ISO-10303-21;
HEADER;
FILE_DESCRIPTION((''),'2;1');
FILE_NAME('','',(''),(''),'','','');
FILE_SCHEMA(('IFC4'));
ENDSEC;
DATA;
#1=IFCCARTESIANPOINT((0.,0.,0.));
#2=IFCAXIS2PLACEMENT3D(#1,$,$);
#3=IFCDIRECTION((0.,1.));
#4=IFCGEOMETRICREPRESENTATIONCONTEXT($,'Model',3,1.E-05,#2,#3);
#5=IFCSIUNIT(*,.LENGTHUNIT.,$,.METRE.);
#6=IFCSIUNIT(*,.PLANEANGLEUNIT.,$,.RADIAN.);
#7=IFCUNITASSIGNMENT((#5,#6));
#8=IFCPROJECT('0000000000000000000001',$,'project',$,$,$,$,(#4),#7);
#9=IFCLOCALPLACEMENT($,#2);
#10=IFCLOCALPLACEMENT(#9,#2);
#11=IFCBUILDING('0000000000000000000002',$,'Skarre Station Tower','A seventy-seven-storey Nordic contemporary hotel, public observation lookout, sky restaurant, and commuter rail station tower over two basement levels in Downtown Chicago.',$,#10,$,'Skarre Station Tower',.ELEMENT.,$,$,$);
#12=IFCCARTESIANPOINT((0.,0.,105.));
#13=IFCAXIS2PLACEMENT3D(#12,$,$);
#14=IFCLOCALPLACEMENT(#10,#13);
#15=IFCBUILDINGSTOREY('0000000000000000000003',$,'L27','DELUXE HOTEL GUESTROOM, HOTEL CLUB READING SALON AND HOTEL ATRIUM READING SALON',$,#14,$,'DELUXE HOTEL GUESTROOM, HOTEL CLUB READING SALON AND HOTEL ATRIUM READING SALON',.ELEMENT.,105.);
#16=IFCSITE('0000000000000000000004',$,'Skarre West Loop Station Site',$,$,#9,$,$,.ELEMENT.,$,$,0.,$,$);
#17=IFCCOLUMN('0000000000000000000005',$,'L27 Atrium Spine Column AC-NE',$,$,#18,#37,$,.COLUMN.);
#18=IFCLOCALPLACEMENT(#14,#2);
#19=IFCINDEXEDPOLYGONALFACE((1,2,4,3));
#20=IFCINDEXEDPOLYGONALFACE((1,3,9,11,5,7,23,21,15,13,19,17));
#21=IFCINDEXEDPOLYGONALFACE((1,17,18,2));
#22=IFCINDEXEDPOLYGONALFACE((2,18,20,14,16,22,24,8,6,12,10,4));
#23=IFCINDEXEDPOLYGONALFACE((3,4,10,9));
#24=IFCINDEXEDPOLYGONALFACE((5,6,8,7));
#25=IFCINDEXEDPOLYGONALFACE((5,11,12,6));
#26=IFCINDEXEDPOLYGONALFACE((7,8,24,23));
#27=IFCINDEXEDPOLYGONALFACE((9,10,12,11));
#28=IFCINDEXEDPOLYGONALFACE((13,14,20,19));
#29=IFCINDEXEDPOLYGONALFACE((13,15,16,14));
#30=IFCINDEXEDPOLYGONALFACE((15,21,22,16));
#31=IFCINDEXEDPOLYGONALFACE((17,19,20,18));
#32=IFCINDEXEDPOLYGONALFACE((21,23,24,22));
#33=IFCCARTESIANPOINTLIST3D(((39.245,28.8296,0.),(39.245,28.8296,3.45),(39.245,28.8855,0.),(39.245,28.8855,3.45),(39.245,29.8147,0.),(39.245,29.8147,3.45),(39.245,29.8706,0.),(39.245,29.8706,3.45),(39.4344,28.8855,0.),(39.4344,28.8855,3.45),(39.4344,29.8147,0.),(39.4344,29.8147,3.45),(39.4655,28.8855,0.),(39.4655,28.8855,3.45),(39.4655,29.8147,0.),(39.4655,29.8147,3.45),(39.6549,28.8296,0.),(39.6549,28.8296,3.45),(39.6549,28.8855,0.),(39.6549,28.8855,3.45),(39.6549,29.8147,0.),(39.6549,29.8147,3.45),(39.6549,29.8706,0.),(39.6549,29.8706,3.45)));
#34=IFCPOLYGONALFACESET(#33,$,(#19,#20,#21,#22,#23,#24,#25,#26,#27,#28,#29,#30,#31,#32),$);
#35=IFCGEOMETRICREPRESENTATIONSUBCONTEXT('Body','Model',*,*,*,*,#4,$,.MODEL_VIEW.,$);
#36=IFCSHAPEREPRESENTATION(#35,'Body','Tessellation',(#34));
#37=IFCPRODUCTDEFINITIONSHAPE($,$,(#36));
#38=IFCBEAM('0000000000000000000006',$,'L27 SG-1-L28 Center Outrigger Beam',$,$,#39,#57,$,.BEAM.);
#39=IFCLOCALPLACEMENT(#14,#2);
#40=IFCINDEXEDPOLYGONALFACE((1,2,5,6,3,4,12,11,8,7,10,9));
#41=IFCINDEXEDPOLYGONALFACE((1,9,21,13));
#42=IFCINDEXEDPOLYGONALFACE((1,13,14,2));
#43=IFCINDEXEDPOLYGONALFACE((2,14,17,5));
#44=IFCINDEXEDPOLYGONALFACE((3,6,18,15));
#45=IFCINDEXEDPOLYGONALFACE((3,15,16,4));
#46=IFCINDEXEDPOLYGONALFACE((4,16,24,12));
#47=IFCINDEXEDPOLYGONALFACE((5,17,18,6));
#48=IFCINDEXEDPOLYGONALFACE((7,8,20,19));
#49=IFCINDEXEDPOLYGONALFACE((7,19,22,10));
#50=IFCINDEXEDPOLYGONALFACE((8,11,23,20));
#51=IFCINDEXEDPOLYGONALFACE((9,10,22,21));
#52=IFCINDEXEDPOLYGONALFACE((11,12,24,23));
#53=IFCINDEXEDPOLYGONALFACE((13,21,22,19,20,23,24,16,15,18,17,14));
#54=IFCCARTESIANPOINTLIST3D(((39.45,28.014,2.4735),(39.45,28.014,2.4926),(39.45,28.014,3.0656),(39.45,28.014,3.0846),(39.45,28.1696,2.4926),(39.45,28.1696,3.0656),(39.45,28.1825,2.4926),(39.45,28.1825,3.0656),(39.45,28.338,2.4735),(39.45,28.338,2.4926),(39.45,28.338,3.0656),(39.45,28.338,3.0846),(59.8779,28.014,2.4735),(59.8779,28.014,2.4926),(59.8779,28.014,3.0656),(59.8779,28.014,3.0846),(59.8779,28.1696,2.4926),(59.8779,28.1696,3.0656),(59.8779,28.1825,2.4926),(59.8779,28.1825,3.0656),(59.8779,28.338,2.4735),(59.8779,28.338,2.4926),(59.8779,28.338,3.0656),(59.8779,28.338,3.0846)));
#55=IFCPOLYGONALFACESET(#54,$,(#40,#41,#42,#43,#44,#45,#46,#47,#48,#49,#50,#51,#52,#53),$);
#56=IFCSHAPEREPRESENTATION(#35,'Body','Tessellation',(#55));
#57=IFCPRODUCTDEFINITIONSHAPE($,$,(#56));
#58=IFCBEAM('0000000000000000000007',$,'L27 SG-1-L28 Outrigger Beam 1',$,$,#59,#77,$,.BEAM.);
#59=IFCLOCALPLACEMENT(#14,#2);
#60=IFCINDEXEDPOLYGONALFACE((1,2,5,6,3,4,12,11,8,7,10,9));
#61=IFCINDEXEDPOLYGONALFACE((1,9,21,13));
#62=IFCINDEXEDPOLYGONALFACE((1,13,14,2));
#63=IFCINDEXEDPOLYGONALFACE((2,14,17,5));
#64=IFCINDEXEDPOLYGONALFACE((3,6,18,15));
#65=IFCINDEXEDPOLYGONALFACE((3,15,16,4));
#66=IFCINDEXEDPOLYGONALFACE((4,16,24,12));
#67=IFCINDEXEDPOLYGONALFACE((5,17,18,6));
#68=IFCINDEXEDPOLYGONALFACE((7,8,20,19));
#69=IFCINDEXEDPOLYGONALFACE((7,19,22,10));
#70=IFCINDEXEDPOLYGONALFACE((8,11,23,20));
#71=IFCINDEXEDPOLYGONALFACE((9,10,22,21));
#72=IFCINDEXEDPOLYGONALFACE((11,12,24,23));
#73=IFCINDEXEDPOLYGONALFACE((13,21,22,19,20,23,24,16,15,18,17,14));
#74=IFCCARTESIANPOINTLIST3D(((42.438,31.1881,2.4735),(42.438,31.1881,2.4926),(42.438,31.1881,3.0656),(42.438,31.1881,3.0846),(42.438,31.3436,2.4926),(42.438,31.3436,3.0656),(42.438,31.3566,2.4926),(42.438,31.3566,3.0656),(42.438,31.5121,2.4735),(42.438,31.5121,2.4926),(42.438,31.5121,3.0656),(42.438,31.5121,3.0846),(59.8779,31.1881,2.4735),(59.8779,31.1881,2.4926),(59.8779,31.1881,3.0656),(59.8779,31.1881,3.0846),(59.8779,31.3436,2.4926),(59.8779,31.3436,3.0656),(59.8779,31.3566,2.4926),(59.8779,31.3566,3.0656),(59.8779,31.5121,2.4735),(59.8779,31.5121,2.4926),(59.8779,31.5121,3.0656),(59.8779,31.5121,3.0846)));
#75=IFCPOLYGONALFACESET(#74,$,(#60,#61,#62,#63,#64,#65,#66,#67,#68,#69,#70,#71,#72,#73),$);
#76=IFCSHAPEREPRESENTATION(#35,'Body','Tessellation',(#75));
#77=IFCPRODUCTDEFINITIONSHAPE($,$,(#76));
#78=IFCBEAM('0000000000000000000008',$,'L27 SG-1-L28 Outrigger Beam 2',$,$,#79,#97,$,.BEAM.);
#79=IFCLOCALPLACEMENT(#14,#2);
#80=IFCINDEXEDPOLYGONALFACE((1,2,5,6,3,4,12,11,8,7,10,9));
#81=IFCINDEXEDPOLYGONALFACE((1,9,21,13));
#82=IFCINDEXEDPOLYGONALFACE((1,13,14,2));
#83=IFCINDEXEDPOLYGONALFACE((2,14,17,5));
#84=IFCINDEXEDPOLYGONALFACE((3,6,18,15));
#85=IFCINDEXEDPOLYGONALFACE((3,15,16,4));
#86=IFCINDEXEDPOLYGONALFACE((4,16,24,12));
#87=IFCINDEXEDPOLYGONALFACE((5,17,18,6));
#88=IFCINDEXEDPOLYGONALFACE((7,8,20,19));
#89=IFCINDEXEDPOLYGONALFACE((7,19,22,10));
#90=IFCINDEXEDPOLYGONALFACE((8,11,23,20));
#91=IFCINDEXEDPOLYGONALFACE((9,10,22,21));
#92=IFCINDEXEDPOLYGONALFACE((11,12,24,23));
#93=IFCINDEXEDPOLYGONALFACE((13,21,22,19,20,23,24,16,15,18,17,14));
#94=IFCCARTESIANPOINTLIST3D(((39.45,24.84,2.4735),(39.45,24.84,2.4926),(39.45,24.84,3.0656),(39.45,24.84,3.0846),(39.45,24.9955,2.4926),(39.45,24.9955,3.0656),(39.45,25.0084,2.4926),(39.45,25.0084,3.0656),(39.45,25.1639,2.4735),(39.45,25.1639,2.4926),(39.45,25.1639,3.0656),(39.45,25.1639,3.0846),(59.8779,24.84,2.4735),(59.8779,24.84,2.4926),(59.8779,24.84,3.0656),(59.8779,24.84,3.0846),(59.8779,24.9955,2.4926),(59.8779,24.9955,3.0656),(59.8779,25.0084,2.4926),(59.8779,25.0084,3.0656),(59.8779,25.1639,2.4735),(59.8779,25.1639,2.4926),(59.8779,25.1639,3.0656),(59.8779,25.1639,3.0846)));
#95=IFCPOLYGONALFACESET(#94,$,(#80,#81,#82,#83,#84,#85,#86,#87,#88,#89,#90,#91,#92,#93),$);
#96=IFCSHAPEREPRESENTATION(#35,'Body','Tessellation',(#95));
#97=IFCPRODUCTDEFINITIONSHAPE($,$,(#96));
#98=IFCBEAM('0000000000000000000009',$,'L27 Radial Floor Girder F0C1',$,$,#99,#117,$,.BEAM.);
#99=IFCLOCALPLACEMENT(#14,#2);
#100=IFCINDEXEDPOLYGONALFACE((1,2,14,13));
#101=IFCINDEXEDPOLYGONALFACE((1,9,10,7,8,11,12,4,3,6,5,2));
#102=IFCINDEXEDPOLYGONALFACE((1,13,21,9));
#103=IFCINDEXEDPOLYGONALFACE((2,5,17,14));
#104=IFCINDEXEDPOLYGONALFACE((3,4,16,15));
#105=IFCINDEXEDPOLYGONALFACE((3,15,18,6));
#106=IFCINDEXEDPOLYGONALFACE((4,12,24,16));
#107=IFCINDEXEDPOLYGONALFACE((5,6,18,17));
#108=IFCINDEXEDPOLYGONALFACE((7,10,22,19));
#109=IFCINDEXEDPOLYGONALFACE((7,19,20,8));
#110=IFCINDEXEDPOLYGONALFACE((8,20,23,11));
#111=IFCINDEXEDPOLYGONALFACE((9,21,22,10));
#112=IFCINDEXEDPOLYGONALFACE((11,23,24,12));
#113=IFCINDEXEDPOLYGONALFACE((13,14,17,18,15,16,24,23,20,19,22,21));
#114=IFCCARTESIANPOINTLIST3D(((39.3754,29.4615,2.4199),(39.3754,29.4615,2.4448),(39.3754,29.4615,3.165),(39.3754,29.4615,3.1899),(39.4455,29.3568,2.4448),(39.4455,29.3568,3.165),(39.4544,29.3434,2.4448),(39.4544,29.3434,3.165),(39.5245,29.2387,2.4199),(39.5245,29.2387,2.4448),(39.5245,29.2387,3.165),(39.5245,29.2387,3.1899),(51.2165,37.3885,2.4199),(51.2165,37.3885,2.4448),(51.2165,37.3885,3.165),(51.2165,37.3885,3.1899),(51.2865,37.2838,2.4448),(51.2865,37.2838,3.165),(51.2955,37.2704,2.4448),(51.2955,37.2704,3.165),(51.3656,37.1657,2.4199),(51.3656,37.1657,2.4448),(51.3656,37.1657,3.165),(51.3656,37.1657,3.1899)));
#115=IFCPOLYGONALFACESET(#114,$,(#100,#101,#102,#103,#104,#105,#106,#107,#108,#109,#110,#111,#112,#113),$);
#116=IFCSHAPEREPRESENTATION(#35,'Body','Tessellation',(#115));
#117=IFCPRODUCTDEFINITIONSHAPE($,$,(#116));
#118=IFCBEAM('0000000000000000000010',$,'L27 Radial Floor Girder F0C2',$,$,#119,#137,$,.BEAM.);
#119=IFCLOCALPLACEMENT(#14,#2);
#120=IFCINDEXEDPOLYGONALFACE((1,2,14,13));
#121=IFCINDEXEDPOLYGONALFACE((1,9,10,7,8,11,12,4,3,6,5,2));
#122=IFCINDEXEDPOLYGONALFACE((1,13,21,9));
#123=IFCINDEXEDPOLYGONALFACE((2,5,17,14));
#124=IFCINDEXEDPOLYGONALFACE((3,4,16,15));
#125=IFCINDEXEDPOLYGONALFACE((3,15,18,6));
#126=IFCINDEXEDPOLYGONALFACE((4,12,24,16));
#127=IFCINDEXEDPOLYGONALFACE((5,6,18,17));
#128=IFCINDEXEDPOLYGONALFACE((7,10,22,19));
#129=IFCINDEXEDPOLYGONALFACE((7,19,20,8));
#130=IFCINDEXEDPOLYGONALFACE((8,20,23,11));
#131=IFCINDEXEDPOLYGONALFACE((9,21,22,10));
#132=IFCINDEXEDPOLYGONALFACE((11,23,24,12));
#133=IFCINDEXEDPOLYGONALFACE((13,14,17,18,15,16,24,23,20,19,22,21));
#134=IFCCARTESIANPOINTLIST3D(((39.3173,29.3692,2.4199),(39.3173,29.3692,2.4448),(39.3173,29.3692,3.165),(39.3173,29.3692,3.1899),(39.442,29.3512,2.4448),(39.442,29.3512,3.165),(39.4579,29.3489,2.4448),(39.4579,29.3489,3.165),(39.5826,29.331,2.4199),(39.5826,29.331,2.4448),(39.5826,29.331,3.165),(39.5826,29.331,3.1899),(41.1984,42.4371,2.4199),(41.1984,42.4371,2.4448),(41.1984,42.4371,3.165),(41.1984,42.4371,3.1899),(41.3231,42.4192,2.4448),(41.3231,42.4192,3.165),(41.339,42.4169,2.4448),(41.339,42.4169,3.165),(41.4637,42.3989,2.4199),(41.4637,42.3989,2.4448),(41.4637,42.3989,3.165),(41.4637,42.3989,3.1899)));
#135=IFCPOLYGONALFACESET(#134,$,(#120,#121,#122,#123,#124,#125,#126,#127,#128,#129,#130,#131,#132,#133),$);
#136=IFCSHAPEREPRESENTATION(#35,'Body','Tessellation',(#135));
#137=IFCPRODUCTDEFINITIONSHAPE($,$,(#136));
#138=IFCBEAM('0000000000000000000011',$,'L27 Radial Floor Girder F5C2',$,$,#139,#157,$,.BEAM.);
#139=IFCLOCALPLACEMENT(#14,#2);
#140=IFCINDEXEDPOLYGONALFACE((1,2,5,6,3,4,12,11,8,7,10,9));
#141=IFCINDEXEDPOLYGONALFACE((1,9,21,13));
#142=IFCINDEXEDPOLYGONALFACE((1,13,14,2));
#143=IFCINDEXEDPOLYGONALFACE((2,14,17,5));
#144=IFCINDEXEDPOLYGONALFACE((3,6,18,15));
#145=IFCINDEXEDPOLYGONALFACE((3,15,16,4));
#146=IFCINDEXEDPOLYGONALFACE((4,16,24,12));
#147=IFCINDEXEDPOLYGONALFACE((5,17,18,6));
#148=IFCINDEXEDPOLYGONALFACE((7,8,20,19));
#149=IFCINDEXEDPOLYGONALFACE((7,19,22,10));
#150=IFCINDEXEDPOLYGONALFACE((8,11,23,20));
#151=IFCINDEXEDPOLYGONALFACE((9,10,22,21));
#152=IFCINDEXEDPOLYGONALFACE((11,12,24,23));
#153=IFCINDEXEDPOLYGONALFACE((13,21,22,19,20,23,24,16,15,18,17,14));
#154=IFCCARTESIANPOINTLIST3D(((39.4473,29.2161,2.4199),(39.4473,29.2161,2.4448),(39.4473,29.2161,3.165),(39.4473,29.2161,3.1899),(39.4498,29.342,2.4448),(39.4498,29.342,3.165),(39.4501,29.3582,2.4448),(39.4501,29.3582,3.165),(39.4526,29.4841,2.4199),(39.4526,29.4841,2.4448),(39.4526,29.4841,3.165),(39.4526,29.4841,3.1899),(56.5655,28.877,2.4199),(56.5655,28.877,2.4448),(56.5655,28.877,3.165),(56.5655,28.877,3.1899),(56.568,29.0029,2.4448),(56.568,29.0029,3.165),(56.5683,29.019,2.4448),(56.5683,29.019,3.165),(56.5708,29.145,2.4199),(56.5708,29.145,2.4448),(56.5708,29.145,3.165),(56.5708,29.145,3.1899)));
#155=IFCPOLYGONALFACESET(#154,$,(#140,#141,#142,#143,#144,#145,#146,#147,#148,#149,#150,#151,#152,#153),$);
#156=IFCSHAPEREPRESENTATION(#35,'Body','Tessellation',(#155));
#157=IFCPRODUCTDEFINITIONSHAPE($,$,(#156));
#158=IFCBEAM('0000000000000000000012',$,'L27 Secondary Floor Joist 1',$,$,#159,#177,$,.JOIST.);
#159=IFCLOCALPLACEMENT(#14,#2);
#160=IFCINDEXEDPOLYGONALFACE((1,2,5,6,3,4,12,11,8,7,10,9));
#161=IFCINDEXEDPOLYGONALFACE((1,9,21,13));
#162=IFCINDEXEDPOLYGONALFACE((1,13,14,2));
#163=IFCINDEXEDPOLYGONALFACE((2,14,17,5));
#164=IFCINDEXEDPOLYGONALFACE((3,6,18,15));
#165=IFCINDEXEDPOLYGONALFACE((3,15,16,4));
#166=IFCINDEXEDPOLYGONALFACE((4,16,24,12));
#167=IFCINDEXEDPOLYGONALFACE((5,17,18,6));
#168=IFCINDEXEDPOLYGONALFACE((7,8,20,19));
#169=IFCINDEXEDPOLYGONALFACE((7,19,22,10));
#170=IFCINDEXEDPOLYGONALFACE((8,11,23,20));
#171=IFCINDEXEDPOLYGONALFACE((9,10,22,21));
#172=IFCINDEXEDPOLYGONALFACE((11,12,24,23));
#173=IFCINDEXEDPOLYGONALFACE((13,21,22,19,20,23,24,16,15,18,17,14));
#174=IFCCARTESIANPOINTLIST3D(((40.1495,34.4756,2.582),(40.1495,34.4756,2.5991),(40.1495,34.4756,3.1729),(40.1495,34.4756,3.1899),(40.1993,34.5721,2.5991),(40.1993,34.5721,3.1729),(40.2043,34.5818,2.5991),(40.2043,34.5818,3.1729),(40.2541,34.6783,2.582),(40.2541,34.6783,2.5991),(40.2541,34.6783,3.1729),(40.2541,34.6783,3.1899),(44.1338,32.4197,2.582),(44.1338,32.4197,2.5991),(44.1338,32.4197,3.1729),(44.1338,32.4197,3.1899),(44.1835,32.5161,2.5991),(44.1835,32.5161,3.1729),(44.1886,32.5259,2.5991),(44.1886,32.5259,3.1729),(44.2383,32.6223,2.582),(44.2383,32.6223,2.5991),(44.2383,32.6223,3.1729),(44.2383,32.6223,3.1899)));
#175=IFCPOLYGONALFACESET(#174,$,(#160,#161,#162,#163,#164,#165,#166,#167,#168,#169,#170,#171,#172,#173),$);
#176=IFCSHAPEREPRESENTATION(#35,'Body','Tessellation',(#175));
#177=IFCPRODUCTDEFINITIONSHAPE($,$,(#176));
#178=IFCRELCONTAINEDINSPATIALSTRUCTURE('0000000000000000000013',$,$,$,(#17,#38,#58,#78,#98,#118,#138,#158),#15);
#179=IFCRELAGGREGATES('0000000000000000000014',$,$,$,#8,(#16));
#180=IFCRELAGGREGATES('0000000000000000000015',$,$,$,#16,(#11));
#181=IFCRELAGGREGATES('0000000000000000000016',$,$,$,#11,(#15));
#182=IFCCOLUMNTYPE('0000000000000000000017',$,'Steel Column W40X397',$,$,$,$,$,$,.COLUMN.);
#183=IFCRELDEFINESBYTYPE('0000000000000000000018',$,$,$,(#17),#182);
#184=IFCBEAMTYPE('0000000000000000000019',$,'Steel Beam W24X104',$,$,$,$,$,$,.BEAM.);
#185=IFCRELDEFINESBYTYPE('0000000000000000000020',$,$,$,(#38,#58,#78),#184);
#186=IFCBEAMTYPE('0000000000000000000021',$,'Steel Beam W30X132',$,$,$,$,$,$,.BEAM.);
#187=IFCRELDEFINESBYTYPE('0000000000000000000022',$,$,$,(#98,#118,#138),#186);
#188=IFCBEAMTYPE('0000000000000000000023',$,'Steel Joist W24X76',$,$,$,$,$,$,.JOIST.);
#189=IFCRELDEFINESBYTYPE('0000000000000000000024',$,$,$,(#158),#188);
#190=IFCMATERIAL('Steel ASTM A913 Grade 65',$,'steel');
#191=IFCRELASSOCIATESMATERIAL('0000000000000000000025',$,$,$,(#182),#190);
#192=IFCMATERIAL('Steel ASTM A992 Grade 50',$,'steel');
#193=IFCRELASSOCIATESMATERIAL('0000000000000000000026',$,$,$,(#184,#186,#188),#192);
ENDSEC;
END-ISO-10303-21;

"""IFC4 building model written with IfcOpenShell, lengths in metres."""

from ifc_helpers import new_model, si_unit, direction, frame, origin, origin_2d, place, context, subcontext, project, spatial, i_section, extrude, material, material_profile, profile_set, type_object, element, save


model = new_model("IFC4")

# Units and contexts
model_context = context("Model", 3, precision=1e-05, world=origin(), true_north=direction((0.0, 1.0)))
body_context = subcontext(model_context, "Body", "Model", "MODEL_VIEW")
ifc_project = project(units=[si_unit("LENGTHUNIT", "METRE"), si_unit("PLANEANGLEUNIT", "RADIAN")], contexts=[model_context])

# Site, building, storey
site_placement = place(None, origin())
site = spatial("IfcSite", under=ifc_project, at=site_placement, Name="Skarre West Loop Station Site", CompositionType="ELEMENT", RefElevation=0.0)
building_placement = place(site_placement, origin())
building = spatial("IfcBuilding", under=site, at=building_placement, Name="Skarre Station Tower", Description="A seventy-seven-storey Nordic contemporary hotel, public observation lookout, sky restaurant, and commuter rail station tower over two basement levels in Downtown Chicago.", LongName="Skarre Station Tower", CompositionType="ELEMENT")
storey_placement = place(building_placement, frame((0.0, 0.0, 105.0)))
storey = spatial("IfcBuildingStorey", under=building, at=storey_placement, Name="L27", Description="DELUXE HOTEL GUESTROOM, HOTEL CLUB READING SALON AND HOTEL ATRIUM READING SALON", LongName="DELUXE HOTEL GUESTROOM, HOTEL CLUB READING SALON AND HOTEL ATRIUM READING SALON", CompositionType="ELEMENT", Elevation=105.0)

# Column
ifc_material_1 = material(Name="Steel ASTM A913 Grade 65", Category="steel")
ifc_material_profile_1 = material_profile(ifc_material_1, i_section(OverallWidth=0.4099, OverallDepth=1.041, WebThickness=0.031, FlangeThickness=0.0559, at=origin_2d()), Name="Steel ASTM A913 Grade 65")
ifc_profile_set_1 = profile_set([ifc_material_profile_1], Name="Steel ASTM A913 Grade 65")
column_type = type_object("IfcColumnType", Name="Steel Column W40X397", PredefinedType="COLUMN", material=ifc_profile_set_1)
column_placement = place(storey_placement, frame((39.45, 29.3501, 0.0), z_axis=(0.0, 0.0, 1.0), x_axis=(1.0, 0.0, 0.0)))
element("IfcColumn", 1, at=column_placement, inside=storey, type_object=column_type, Name="L27 Atrium Spine Column AC-NE", PredefinedType="COLUMN", context=body_context, shape_type="SweptSolid", body=[
    extrude(i_section(OverallWidth=0.4099, OverallDepth=1.041, WebThickness=0.031, FlangeThickness=0.0559, at=origin_2d()), origin(), (0.0, 0.0, 1.0), 3.45),
])

# Beams
ifc_material_2 = material(Name="Steel ASTM A992 Grade 50", Category="steel")
ifc_material_profile_2 = material_profile(ifc_material_2, i_section(OverallWidth=0.324, OverallDepth=0.6111, WebThickness=0.0129, FlangeThickness=0.019, at=origin_2d()), Name="Steel ASTM A992 Grade 50")
ifc_profile_set_2 = profile_set([ifc_material_profile_2], Name="Steel ASTM A992 Grade 50")
beam_type_1 = type_object("IfcBeamType", Name="Steel Beam W24X104", PredefinedType="BEAM", material=ifc_profile_set_2)
beam_1_placement = place(storey_placement, frame((39.45, 28.176, 2.7791), z_axis=(1.0, 0.0, 0.0), x_axis=(0.0, 1.0, 0.0)))
element("IfcBeam", 2, at=beam_1_placement, inside=storey, type_object=beam_type_1, Name="L27 SG-1-L28 Center Outrigger Beam", PredefinedType="BEAM", context=body_context, shape_type="SweptSolid", body=[
    extrude(i_section(OverallWidth=0.324, OverallDepth=0.6111, WebThickness=0.0129, FlangeThickness=0.019, at=origin_2d()), origin(), (0.0, 0.0, 1.0), 20.428),
])
beam_2_placement = place(storey_placement, frame((42.438, 31.3501, 2.7791), z_axis=(1.0, 0.0, 0.0), x_axis=(0.0, 1.0, 0.0)))
element("IfcBeam", 3, at=beam_2_placement, inside=storey, type_object=beam_type_1, Name="L27 SG-1-L28 Outrigger Beam 1", PredefinedType="BEAM", context=body_context, shape_type="SweptSolid", body=[
    extrude(i_section(OverallWidth=0.324, OverallDepth=0.6111, WebThickness=0.0129, FlangeThickness=0.019, at=origin_2d()), origin(), (0.0, 0.0, 1.0), 17.4399),
])
beam_3_placement = place(storey_placement, frame((39.45, 25.002, 2.7791), z_axis=(1.0, 0.0, 0.0), x_axis=(0.0, 1.0, 0.0)))
element("IfcBeam", 4, at=beam_3_placement, inside=storey, type_object=beam_type_1, Name="L27 SG-1-L28 Outrigger Beam 2", PredefinedType="BEAM", context=body_context, shape_type="SweptSolid", body=[
    extrude(i_section(OverallWidth=0.324, OverallDepth=0.6111, WebThickness=0.0129, FlangeThickness=0.019, at=origin_2d()), origin(), (0.0, 0.0, 1.0), 20.428),
])
ifc_material_profile_3 = material_profile(ifc_material_2, i_section(OverallWidth=0.2681, OverallDepth=0.77, WebThickness=0.0161, FlangeThickness=0.0249, at=origin_2d()), Name="Steel ASTM A992 Grade 50")
ifc_profile_set_3 = profile_set([ifc_material_profile_3], Name="Steel ASTM A992 Grade 50")
beam_type_2 = type_object("IfcBeamType", Name="Steel Beam W30X132", PredefinedType="BEAM", material=ifc_profile_set_3)
beam_4_placement = place(storey_placement, frame((39.45, 29.3501, 2.8049), z_axis=(0.830981, 0.5563, 0.0), x_axis=(-0.5563, 0.830981, 0.0)))
element("IfcBeam", 5, at=beam_4_placement, inside=storey, type_object=beam_type_2, Name="L27 Radial Floor Girder F0C1", PredefinedType="BEAM", context=body_context, shape_type="SweptSolid", body=[
    extrude(i_section(OverallWidth=0.2681, OverallDepth=0.77, WebThickness=0.0161, FlangeThickness=0.0249, at=origin_2d()), origin(), (0.0, 0.0, 1.0), 14.2495),
])
beam_5_placement = place(storey_placement, frame((39.45, 29.3501, 2.8049), z_axis=(0.14248, 0.989798, 0.0), x_axis=(-0.989798, 0.14248, 0.0)))
element("IfcBeam", 6, at=beam_5_placement, inside=storey, type_object=beam_type_2, Name="L27 Radial Floor Girder F0C2", PredefinedType="BEAM", context=body_context, shape_type="SweptSolid", body=[
    extrude(i_section(OverallWidth=0.2681, OverallDepth=0.77, WebThickness=0.0161, FlangeThickness=0.0249, at=origin_2d()), origin(), (0.0, 0.0, 1.0), 13.2026),
])
beam_6_placement = place(storey_placement, frame((39.45, 29.3501, 2.8049), z_axis=(0.999804, -0.019806, 0.0), x_axis=(0.019806, 0.999804, 0.0)))
element("IfcBeam", 7, at=beam_6_placement, inside=storey, type_object=beam_type_2, Name="L27 Radial Floor Girder F5C2", PredefinedType="BEAM", context=body_context, shape_type="SweptSolid", body=[
    extrude(i_section(OverallWidth=0.2681, OverallDepth=0.77, WebThickness=0.0161, FlangeThickness=0.0249, at=origin_2d()), origin(), (0.0, 0.0, 1.0), 17.1216),
])
ifc_material_profile_4 = material_profile(ifc_material_2, i_section(OverallWidth=0.228, OverallDepth=0.6079, WebThickness=0.011, FlangeThickness=0.0171, at=origin_2d()), Name="Steel ASTM A992 Grade 50")
ifc_profile_set_4 = profile_set([ifc_material_profile_4], Name="Steel ASTM A992 Grade 50")
beam_type_3 = type_object("IfcBeamType", Name="Steel Joist W24X76", PredefinedType="JOIST", material=ifc_profile_set_4)
beam_7_placement = place(storey_placement, frame((44.186, 32.521, 2.886), z_axis=(-0.888659, 0.458569, 0.0), x_axis=(-0.458569, -0.888659, 0.0)))
element("IfcBeam", 8, at=beam_7_placement, inside=storey, type_object=beam_type_3, Name="L27 Secondary Floor Joist 1", PredefinedType="JOIST", context=body_context, shape_type="SweptSolid", body=[
    extrude(i_section(OverallWidth=0.228, OverallDepth=0.6079, WebThickness=0.011, FlangeThickness=0.0171, at=origin_2d()), origin(), (0.0, 0.0, 1.0), 4.4834),
])

save(model, "model.ifc")
